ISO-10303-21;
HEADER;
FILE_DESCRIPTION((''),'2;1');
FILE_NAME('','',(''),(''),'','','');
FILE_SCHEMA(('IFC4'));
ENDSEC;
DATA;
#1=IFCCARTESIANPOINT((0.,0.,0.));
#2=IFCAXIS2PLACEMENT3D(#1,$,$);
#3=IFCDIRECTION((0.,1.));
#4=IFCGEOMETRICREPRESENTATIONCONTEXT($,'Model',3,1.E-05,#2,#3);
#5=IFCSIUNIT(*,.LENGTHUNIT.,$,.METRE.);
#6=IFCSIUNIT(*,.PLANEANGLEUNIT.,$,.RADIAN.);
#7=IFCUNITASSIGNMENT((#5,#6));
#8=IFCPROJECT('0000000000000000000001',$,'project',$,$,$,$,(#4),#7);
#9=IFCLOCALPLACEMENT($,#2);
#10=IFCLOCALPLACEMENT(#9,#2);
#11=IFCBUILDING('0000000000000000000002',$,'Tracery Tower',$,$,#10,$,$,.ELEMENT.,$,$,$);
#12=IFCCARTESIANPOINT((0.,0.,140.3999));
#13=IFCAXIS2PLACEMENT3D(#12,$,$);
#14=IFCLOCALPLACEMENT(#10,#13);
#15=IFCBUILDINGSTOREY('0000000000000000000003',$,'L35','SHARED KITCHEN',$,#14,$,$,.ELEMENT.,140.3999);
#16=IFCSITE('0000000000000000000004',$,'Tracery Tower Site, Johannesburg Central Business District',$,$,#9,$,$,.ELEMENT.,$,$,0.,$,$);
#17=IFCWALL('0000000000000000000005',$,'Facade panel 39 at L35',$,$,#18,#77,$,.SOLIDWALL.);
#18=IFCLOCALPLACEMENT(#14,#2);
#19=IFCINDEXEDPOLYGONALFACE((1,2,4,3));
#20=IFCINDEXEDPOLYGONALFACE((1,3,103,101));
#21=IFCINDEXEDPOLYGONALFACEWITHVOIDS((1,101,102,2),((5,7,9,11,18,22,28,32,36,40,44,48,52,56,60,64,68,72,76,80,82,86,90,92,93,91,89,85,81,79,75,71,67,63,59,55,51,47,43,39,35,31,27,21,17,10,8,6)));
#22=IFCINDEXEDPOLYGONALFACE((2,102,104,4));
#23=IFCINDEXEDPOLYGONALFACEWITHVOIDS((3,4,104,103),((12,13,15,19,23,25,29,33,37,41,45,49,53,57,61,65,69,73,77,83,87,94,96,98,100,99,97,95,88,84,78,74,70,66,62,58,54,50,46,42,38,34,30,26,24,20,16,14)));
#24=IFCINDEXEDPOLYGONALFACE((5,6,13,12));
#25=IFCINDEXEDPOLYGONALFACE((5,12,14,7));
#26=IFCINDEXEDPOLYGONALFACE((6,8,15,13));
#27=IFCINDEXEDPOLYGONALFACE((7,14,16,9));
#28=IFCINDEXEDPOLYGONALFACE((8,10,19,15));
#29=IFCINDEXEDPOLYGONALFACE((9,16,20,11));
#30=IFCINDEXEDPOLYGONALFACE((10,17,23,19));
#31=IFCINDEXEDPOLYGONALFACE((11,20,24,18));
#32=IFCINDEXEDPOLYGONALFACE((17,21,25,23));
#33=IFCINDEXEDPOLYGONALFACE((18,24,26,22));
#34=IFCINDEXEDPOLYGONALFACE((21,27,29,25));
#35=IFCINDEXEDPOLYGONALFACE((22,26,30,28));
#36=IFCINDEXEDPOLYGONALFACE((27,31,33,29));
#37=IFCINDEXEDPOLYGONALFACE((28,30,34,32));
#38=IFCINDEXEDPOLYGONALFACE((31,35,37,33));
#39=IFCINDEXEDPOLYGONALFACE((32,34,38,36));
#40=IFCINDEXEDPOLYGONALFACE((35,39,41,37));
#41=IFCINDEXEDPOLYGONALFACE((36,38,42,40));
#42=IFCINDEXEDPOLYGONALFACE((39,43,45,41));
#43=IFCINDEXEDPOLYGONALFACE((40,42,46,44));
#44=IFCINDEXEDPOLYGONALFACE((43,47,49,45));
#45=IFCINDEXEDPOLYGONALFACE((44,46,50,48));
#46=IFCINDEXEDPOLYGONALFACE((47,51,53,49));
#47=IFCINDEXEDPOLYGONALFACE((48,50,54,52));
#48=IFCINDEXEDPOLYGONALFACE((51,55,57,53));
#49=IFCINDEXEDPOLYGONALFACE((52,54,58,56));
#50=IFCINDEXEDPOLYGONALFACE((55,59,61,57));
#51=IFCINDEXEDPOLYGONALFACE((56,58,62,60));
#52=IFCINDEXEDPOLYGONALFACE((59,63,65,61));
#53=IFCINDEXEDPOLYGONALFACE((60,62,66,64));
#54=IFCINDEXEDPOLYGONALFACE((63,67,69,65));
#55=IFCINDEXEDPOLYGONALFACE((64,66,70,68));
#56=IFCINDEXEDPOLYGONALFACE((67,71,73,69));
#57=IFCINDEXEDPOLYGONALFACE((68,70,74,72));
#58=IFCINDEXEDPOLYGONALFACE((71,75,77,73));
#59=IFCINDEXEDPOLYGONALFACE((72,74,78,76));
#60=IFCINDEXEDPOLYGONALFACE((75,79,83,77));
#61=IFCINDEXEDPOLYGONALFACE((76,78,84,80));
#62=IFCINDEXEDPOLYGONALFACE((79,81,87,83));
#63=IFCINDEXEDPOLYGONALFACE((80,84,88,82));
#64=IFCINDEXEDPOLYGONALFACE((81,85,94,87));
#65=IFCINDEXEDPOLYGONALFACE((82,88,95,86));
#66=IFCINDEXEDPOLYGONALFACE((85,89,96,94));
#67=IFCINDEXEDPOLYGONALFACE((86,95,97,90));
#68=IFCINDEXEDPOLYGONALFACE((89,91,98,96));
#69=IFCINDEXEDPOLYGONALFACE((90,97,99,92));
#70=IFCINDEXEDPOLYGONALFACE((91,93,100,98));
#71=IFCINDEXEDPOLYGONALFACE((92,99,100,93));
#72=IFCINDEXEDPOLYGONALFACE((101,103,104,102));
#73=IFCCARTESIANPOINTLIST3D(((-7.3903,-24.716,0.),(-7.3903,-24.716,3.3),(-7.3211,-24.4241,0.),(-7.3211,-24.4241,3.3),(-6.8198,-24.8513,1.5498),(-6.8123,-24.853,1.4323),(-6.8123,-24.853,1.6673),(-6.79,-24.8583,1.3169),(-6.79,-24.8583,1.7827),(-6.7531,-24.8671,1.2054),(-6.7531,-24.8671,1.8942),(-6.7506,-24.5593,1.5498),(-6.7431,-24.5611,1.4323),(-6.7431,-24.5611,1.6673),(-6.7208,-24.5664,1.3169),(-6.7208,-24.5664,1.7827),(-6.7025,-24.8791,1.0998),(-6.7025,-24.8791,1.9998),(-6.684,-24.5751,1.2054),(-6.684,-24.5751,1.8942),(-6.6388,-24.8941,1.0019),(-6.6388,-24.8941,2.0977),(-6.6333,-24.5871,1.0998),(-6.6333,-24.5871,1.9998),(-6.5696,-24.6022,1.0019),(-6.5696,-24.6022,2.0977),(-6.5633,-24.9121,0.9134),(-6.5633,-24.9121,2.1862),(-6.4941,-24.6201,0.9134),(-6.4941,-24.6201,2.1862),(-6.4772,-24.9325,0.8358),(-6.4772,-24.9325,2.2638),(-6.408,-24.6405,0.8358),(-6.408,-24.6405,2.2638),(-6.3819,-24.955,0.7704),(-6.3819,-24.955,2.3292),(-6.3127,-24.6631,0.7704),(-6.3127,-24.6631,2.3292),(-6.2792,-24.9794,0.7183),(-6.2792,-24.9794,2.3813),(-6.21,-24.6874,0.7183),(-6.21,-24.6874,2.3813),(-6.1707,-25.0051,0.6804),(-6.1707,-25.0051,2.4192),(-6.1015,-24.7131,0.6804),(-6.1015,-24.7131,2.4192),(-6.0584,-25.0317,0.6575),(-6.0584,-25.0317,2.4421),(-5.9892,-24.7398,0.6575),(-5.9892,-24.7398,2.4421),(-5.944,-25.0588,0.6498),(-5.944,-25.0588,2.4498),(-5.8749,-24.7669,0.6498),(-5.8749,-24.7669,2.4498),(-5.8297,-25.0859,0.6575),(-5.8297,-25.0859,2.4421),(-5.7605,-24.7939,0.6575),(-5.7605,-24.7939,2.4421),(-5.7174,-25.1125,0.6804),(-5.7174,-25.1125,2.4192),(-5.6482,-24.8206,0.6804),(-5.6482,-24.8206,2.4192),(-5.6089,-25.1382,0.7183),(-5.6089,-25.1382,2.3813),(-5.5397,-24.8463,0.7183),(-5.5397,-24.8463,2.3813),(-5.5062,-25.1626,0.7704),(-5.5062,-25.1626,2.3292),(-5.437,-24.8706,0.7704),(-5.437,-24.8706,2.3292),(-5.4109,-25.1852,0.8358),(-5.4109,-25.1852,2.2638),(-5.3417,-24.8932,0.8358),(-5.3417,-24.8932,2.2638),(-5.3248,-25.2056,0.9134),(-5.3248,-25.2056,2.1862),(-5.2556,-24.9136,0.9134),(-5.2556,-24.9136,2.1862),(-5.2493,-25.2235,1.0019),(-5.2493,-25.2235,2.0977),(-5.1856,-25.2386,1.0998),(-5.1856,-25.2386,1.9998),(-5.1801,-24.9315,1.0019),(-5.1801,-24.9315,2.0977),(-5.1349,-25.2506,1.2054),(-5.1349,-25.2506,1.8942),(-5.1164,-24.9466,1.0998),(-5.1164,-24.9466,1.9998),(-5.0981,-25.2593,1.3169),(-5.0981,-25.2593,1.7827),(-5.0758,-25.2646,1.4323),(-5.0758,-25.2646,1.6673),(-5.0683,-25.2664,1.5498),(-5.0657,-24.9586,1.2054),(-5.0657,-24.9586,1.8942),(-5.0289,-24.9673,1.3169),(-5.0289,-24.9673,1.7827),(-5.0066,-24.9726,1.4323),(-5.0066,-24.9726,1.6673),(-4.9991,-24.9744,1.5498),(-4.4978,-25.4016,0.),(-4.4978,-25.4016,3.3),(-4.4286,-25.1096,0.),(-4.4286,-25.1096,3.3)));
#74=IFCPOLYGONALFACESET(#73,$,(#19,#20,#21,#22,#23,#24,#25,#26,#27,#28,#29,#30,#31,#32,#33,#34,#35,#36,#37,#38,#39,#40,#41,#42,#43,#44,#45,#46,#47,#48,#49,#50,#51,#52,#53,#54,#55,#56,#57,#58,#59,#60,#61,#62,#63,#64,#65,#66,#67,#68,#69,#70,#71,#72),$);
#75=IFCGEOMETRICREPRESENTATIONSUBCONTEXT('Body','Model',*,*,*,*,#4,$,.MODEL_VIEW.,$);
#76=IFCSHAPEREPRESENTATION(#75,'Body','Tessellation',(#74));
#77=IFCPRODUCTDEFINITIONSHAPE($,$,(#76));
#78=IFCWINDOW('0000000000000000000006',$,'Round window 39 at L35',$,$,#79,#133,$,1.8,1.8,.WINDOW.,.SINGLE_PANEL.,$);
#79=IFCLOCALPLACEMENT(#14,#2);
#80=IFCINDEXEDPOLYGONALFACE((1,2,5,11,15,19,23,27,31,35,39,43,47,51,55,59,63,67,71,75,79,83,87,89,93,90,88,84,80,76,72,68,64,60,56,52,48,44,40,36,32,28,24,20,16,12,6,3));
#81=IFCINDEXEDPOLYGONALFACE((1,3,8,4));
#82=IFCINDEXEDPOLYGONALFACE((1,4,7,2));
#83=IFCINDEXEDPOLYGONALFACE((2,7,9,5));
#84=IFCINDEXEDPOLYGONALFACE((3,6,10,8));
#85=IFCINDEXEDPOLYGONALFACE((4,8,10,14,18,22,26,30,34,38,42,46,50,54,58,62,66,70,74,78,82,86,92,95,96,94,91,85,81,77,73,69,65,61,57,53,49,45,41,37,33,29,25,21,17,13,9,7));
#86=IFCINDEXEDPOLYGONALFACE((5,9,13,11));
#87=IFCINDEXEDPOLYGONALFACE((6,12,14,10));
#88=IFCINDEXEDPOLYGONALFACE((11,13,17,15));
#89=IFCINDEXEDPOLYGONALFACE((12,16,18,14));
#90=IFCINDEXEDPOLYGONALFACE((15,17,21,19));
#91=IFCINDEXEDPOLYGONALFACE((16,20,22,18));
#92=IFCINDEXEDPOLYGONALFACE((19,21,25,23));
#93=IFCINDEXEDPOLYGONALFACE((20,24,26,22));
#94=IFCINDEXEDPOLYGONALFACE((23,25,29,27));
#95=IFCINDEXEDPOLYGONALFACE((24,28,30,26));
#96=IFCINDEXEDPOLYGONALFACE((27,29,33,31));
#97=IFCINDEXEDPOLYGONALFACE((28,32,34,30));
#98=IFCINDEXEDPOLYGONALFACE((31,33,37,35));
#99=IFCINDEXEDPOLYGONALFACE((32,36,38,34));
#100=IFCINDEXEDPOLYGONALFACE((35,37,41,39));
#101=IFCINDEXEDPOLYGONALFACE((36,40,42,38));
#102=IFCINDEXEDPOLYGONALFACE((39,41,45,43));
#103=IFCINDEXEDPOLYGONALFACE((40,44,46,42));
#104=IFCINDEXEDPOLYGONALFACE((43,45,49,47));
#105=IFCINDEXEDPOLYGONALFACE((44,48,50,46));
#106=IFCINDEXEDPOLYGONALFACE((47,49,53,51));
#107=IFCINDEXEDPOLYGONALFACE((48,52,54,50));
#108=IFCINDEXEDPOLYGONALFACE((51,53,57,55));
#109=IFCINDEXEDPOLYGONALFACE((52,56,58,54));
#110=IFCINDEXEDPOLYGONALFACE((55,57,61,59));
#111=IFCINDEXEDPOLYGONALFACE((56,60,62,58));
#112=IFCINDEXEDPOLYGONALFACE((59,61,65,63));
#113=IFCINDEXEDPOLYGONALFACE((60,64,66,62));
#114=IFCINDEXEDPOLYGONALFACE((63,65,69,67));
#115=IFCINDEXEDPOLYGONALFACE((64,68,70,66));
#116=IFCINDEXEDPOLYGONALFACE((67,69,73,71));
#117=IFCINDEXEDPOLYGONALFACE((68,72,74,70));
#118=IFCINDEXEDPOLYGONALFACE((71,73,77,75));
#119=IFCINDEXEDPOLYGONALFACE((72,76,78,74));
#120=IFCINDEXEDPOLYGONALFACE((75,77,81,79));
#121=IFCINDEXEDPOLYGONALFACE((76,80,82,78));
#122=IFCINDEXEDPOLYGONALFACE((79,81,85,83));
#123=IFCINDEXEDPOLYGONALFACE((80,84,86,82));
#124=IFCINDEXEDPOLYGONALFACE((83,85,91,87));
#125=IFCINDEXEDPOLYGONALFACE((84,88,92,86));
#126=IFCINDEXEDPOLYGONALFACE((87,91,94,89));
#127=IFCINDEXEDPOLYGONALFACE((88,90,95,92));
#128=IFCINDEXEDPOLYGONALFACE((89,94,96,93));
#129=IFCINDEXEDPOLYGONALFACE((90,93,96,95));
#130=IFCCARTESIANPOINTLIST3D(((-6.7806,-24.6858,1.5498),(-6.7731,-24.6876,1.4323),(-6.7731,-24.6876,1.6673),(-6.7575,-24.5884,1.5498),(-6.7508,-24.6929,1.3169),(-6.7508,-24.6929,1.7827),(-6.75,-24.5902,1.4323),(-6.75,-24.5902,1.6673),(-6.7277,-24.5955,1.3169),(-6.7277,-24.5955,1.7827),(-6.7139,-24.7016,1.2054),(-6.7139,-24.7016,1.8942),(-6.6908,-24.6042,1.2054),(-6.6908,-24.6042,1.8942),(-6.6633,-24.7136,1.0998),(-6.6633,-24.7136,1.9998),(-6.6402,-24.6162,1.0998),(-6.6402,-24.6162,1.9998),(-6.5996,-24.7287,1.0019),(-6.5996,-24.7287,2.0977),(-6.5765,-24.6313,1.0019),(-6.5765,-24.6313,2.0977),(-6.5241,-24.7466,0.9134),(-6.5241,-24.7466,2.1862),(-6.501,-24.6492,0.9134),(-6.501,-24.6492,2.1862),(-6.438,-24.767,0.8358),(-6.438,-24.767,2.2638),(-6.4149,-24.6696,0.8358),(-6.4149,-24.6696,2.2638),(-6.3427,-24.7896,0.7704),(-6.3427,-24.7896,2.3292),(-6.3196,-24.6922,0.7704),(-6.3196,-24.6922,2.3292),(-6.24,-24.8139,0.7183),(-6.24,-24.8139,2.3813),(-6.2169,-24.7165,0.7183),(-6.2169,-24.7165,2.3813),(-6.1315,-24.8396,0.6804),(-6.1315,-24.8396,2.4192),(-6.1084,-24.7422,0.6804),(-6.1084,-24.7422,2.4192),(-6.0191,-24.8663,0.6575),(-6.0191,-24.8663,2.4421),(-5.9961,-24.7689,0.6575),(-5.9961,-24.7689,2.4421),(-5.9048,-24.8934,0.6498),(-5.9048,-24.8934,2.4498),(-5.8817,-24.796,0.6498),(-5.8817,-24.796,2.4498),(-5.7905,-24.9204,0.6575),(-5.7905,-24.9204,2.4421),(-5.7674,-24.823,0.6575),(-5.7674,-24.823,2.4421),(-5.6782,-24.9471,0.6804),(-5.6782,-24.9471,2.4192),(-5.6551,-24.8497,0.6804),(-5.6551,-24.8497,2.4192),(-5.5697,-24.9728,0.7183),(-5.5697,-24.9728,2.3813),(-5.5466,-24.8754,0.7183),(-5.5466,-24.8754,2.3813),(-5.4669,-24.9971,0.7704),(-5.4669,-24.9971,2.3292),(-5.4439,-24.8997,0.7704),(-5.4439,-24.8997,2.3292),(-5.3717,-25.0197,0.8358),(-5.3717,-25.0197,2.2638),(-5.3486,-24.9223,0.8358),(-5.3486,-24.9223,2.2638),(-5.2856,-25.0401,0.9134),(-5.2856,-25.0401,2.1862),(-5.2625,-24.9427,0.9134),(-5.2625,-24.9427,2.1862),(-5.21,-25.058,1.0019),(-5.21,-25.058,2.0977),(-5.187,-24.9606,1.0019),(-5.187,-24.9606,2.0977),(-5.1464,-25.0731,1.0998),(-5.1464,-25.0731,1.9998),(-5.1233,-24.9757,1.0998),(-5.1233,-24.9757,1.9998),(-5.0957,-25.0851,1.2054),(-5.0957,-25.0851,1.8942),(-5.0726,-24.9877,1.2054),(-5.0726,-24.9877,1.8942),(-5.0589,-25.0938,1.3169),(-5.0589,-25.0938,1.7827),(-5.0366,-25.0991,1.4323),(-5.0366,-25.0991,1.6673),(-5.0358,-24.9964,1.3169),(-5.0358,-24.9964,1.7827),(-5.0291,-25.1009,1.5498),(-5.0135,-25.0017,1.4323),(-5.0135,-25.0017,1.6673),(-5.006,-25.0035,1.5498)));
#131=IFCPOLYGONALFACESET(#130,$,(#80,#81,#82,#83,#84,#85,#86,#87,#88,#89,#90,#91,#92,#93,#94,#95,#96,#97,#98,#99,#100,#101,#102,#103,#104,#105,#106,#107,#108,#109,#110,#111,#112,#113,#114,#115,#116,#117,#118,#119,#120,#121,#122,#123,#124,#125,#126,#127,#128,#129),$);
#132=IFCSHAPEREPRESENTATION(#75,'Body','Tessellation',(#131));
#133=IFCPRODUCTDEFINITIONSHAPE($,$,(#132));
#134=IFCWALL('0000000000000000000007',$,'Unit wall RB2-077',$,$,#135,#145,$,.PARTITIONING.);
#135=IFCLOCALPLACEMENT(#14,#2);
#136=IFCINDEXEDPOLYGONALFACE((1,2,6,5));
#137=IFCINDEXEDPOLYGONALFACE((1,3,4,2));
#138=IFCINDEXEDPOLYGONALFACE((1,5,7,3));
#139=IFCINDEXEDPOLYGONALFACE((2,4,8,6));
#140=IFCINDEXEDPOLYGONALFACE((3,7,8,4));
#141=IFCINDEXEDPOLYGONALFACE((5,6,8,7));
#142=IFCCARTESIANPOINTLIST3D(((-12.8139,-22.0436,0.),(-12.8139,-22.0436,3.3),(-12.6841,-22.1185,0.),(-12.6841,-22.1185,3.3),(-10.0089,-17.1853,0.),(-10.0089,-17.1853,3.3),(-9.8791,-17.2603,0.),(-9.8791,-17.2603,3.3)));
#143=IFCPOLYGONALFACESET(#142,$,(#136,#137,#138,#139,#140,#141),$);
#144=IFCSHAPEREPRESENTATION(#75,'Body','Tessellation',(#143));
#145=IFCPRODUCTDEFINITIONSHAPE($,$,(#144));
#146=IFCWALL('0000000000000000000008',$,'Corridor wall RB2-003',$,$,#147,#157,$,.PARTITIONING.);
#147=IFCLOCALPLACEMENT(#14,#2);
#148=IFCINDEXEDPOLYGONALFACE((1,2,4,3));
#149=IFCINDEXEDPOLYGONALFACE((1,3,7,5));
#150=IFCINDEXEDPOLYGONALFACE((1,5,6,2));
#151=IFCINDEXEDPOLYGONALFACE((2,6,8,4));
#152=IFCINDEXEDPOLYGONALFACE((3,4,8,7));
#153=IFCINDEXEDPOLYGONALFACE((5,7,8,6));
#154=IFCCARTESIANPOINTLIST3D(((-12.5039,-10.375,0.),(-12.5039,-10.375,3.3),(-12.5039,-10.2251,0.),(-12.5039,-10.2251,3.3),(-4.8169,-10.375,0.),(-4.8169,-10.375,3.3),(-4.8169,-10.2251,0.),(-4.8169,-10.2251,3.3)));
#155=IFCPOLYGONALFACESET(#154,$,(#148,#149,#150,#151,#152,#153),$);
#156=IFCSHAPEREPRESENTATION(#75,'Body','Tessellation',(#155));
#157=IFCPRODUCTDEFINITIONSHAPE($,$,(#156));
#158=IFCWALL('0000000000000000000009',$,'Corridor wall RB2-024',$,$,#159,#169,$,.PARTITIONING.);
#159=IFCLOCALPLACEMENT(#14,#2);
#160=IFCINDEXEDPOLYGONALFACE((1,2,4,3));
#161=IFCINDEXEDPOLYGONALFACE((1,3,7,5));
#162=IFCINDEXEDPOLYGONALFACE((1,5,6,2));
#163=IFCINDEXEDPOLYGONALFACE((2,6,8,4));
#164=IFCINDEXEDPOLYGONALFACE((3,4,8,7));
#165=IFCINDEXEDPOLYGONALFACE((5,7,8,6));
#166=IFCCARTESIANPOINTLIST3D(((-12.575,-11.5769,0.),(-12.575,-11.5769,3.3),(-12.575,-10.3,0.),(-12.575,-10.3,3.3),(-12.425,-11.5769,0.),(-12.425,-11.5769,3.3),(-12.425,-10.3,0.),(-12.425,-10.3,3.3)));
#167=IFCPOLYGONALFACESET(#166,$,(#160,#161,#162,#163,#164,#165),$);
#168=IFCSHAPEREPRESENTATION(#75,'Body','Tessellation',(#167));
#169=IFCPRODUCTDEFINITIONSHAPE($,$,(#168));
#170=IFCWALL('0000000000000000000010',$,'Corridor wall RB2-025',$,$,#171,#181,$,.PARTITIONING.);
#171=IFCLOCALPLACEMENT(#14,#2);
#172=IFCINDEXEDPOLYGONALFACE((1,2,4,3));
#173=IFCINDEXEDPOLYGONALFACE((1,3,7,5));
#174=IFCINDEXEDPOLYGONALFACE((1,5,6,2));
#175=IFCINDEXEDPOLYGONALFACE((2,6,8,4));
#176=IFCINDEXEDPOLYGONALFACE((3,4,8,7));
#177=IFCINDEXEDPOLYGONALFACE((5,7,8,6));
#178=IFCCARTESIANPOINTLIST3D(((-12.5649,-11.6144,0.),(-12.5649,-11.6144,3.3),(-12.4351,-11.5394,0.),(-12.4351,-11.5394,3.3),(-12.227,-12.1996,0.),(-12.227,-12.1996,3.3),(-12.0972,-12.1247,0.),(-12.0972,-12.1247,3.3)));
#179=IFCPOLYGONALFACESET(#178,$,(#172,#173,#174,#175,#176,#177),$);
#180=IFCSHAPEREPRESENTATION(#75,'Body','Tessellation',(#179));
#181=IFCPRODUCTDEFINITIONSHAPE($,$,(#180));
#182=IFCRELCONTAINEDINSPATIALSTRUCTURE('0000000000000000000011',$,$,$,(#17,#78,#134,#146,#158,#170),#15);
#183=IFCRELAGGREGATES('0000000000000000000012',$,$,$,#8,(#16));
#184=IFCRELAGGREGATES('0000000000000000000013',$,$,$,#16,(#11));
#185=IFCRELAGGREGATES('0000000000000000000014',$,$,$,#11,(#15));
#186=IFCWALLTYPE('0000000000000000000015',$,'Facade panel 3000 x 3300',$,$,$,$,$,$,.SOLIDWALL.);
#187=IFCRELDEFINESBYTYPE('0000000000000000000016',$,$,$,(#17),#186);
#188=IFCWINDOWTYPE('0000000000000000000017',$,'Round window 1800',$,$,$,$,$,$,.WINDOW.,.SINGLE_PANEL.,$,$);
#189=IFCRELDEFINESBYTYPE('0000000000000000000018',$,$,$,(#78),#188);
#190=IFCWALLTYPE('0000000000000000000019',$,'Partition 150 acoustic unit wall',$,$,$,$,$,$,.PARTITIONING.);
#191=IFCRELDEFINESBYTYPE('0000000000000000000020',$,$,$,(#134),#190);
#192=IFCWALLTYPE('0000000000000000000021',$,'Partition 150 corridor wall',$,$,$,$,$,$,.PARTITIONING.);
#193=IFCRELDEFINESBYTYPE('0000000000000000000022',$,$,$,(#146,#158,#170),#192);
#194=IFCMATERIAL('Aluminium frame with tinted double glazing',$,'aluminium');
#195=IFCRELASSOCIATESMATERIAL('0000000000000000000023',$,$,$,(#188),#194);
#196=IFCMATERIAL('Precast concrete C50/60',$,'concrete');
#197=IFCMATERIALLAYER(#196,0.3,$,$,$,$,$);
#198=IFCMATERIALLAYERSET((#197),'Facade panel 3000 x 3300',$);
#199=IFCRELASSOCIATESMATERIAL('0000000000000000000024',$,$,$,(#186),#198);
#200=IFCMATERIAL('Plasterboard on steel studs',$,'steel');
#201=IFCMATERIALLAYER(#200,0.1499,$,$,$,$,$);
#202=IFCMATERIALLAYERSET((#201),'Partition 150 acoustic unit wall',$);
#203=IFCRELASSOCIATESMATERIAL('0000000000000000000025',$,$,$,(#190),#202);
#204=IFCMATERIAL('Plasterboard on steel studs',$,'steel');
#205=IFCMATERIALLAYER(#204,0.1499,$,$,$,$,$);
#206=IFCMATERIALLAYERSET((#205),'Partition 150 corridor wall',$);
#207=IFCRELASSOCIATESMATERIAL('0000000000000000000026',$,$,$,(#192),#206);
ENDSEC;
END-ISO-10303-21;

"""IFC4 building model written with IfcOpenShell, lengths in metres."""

from ifc_helpers import new_model, si_unit, direction, frame, frame_2d, origin, origin_2d, place, context, subcontext, project, spatial, rectangle, circle, extrude, material, layer, layer_set, type_object, element, fill, save


model = new_model("IFC4")

# Units and contexts
model_context = context("Model", 3, precision=1e-05, world=origin(), true_north=direction((0.0, 1.0)))
body_context = subcontext(model_context, "Body", "Model", "MODEL_VIEW")
ifc_project = project(units=[si_unit("LENGTHUNIT", "METRE"), si_unit("PLANEANGLEUNIT", "RADIAN")], contexts=[model_context])

# Site, building, storey
site_placement = place(None, origin())
site = spatial("IfcSite", under=ifc_project, at=site_placement, Name="Tracery Tower Site, Johannesburg Central Business District", CompositionType="ELEMENT", RefElevation=0.0)
building_placement = place(site_placement, origin())
building = spatial("IfcBuilding", under=site, at=building_placement, Name="Tracery Tower", CompositionType="ELEMENT")
storey_placement = place(building_placement, frame((0.0, 0.0, 140.3999)))
storey = spatial("IfcBuildingStorey", under=building, at=storey_placement, Name="L35", Description="SHARED KITCHEN", CompositionType="ELEMENT", Elevation=140.3999)

# Wall, opening, window
ifc_material_1 = material(Name="Aluminium frame with tinted double glazing", Category="aluminium")
window_type = type_object("IfcWindowType", Name="Round window 1800", PartitioningType="SINGLE_PANEL", PredefinedType="WINDOW", material=ifc_material_1)
ifc_material_2 = material(Name="Precast concrete C50/60", Category="concrete")
ifc_layer_1 = layer(ifc_material_2, 0.3)
ifc_layer_set_1 = layer_set([ifc_layer_1], Name="Facade panel 3000 x 3300")
wall_type_1 = type_object("IfcWallType", Name="Facade panel 3000 x 3300", PredefinedType="SOLIDWALL", material=ifc_layer_set_1)
wall_1_placement = place(storey_placement, frame((-7.3557, -24.5701, 0.0), z_axis=(0.0, 0.0, 1.0), x_axis=(0.973045, -0.230614, 0.0)))
wall_1 = element("IfcWall", 1, at=wall_1_placement, inside=storey, type_object=wall_type_1, Name="Facade panel 39 at L35", PredefinedType="SOLIDWALL", context=body_context, shape_type="SweptSolid", body=[
    extrude(rectangle(XDim=2.9727, YDim=0.3, at=frame_2d((1.4863, 0.0))), origin(), (0.0, 0.0, 1.0), 3.3),
])
opening_1_placement = place(wall_1_placement, frame((1.4863, 0.0, 1.5498)))
opening_1 = element("IfcOpeningElement", 2, at=opening_1_placement, cuts=wall_1, PredefinedType="OPENING", context=body_context, shape_type="SweptSolid", body=[
    extrude(circle(Radius=0.9, at=origin_2d()), frame((0.0, 0.1599, 0.0), z_axis=(0.0, -1.0, 0.0), x_axis=(1.0, 0.0, 0.0)), (0.0, 0.0, 1.0), 0.3201),
])
window_1_placement = place(opening_1_placement, origin())
window_1 = element("IfcWindow", 3, at=window_1_placement, inside=storey, type_object=window_type, Name="Round window 39 at L35", OverallHeight=1.8, OverallWidth=1.8, PartitioningType="SINGLE_PANEL", PredefinedType="WINDOW", context=body_context, shape_type="SweptSolid", body=[
    extrude(circle(Radius=0.9, at=origin_2d()), frame((0.0, 0.1201, 0.0), z_axis=(0.0, -1.0, 0.0), x_axis=(1.0, 0.0, 0.0)), (0.0, 0.0, 1.0), 0.1001),
])
fill(opening_1, window_1)

# Walls
ifc_material_3 = material(Name="Plasterboard on steel studs", Category="steel")
ifc_layer_2 = layer(ifc_material_3, 0.1499)
ifc_layer_set_2 = layer_set([ifc_layer_2], Name="Partition 150 acoustic unit wall")
wall_type_2 = type_object("IfcWallType", Name="Partition 150 acoustic unit wall", PredefinedType="PARTITIONING", material=ifc_layer_set_2)
wall_2_placement = place(storey_placement, frame((-12.749, -22.0811, 0.0), z_axis=(0.0, 0.0, 1.0), x_axis=(0.50001, 0.86602, 0.0)))
element("IfcWall", 4, at=wall_2_placement, inside=storey, type_object=wall_type_2, Name="Unit wall RB2-077", PredefinedType="PARTITIONING", context=body_context, shape_type="SweptSolid", body=[
    extrude(rectangle(XDim=5.6099, YDim=0.1499, at=frame_2d((2.8049, 0.0))), origin(), (0.0, 0.0, 1.0), 3.3),
])
ifc_material_4 = material(Name="Plasterboard on steel studs", Category="steel")
ifc_layer_3 = layer(ifc_material_4, 0.1499)
ifc_layer_set_3 = layer_set([ifc_layer_3], Name="Partition 150 corridor wall")
wall_type_3 = type_object("IfcWallType", Name="Partition 150 corridor wall", PredefinedType="PARTITIONING", material=ifc_layer_set_3)
wall_3_placement = place(storey_placement, frame((-12.5039, -10.3, 0.0), z_axis=(0.0, 0.0, 1.0), x_axis=(1.0, 0.0, 0.0)))
element("IfcWall", 5, at=wall_3_placement, inside=storey, type_object=wall_type_3, Name="Corridor wall RB2-003", PredefinedType="PARTITIONING", context=body_context, shape_type="SweptSolid", body=[
    extrude(rectangle(XDim=7.687, YDim=0.1499, at=frame_2d((3.8435, 0.0))), origin(), (0.0, 0.0, 1.0), 3.3),
])
wall_4_placement = place(storey_placement, frame((-12.5, -11.5769, 0.0), z_axis=(0.0, 0.0, 1.0), x_axis=(0.0, 1.0, 0.0)))
element("IfcWall", 6, at=wall_4_placement, inside=storey, type_object=wall_type_3, Name="Corridor wall RB2-024", PredefinedType="PARTITIONING", context=body_context, shape_type="SweptSolid", body=[
    extrude(rectangle(XDim=1.2769, YDim=0.1499, at=frame_2d((0.6384, 0.0))), origin(), (0.0, 0.0, 1.0), 3.3),
])
wall_5_placement = place(storey_placement, frame((-12.5, -11.5769, 0.0), z_axis=(0.0, 0.0, 1.0), x_axis=(0.500025, -0.866011, 0.0)))
element("IfcWall", 7, at=wall_5_placement, inside=storey, type_object=wall_type_3, Name="Corridor wall RB2-025", PredefinedType="PARTITIONING", context=body_context, shape_type="SweptSolid", body=[
    extrude(rectangle(XDim=0.6758, YDim=0.1499, at=frame_2d((0.3379, 0.0))), origin(), (0.0, 0.0, 1.0), 3.3),
])

save(model, "model.ifc")
